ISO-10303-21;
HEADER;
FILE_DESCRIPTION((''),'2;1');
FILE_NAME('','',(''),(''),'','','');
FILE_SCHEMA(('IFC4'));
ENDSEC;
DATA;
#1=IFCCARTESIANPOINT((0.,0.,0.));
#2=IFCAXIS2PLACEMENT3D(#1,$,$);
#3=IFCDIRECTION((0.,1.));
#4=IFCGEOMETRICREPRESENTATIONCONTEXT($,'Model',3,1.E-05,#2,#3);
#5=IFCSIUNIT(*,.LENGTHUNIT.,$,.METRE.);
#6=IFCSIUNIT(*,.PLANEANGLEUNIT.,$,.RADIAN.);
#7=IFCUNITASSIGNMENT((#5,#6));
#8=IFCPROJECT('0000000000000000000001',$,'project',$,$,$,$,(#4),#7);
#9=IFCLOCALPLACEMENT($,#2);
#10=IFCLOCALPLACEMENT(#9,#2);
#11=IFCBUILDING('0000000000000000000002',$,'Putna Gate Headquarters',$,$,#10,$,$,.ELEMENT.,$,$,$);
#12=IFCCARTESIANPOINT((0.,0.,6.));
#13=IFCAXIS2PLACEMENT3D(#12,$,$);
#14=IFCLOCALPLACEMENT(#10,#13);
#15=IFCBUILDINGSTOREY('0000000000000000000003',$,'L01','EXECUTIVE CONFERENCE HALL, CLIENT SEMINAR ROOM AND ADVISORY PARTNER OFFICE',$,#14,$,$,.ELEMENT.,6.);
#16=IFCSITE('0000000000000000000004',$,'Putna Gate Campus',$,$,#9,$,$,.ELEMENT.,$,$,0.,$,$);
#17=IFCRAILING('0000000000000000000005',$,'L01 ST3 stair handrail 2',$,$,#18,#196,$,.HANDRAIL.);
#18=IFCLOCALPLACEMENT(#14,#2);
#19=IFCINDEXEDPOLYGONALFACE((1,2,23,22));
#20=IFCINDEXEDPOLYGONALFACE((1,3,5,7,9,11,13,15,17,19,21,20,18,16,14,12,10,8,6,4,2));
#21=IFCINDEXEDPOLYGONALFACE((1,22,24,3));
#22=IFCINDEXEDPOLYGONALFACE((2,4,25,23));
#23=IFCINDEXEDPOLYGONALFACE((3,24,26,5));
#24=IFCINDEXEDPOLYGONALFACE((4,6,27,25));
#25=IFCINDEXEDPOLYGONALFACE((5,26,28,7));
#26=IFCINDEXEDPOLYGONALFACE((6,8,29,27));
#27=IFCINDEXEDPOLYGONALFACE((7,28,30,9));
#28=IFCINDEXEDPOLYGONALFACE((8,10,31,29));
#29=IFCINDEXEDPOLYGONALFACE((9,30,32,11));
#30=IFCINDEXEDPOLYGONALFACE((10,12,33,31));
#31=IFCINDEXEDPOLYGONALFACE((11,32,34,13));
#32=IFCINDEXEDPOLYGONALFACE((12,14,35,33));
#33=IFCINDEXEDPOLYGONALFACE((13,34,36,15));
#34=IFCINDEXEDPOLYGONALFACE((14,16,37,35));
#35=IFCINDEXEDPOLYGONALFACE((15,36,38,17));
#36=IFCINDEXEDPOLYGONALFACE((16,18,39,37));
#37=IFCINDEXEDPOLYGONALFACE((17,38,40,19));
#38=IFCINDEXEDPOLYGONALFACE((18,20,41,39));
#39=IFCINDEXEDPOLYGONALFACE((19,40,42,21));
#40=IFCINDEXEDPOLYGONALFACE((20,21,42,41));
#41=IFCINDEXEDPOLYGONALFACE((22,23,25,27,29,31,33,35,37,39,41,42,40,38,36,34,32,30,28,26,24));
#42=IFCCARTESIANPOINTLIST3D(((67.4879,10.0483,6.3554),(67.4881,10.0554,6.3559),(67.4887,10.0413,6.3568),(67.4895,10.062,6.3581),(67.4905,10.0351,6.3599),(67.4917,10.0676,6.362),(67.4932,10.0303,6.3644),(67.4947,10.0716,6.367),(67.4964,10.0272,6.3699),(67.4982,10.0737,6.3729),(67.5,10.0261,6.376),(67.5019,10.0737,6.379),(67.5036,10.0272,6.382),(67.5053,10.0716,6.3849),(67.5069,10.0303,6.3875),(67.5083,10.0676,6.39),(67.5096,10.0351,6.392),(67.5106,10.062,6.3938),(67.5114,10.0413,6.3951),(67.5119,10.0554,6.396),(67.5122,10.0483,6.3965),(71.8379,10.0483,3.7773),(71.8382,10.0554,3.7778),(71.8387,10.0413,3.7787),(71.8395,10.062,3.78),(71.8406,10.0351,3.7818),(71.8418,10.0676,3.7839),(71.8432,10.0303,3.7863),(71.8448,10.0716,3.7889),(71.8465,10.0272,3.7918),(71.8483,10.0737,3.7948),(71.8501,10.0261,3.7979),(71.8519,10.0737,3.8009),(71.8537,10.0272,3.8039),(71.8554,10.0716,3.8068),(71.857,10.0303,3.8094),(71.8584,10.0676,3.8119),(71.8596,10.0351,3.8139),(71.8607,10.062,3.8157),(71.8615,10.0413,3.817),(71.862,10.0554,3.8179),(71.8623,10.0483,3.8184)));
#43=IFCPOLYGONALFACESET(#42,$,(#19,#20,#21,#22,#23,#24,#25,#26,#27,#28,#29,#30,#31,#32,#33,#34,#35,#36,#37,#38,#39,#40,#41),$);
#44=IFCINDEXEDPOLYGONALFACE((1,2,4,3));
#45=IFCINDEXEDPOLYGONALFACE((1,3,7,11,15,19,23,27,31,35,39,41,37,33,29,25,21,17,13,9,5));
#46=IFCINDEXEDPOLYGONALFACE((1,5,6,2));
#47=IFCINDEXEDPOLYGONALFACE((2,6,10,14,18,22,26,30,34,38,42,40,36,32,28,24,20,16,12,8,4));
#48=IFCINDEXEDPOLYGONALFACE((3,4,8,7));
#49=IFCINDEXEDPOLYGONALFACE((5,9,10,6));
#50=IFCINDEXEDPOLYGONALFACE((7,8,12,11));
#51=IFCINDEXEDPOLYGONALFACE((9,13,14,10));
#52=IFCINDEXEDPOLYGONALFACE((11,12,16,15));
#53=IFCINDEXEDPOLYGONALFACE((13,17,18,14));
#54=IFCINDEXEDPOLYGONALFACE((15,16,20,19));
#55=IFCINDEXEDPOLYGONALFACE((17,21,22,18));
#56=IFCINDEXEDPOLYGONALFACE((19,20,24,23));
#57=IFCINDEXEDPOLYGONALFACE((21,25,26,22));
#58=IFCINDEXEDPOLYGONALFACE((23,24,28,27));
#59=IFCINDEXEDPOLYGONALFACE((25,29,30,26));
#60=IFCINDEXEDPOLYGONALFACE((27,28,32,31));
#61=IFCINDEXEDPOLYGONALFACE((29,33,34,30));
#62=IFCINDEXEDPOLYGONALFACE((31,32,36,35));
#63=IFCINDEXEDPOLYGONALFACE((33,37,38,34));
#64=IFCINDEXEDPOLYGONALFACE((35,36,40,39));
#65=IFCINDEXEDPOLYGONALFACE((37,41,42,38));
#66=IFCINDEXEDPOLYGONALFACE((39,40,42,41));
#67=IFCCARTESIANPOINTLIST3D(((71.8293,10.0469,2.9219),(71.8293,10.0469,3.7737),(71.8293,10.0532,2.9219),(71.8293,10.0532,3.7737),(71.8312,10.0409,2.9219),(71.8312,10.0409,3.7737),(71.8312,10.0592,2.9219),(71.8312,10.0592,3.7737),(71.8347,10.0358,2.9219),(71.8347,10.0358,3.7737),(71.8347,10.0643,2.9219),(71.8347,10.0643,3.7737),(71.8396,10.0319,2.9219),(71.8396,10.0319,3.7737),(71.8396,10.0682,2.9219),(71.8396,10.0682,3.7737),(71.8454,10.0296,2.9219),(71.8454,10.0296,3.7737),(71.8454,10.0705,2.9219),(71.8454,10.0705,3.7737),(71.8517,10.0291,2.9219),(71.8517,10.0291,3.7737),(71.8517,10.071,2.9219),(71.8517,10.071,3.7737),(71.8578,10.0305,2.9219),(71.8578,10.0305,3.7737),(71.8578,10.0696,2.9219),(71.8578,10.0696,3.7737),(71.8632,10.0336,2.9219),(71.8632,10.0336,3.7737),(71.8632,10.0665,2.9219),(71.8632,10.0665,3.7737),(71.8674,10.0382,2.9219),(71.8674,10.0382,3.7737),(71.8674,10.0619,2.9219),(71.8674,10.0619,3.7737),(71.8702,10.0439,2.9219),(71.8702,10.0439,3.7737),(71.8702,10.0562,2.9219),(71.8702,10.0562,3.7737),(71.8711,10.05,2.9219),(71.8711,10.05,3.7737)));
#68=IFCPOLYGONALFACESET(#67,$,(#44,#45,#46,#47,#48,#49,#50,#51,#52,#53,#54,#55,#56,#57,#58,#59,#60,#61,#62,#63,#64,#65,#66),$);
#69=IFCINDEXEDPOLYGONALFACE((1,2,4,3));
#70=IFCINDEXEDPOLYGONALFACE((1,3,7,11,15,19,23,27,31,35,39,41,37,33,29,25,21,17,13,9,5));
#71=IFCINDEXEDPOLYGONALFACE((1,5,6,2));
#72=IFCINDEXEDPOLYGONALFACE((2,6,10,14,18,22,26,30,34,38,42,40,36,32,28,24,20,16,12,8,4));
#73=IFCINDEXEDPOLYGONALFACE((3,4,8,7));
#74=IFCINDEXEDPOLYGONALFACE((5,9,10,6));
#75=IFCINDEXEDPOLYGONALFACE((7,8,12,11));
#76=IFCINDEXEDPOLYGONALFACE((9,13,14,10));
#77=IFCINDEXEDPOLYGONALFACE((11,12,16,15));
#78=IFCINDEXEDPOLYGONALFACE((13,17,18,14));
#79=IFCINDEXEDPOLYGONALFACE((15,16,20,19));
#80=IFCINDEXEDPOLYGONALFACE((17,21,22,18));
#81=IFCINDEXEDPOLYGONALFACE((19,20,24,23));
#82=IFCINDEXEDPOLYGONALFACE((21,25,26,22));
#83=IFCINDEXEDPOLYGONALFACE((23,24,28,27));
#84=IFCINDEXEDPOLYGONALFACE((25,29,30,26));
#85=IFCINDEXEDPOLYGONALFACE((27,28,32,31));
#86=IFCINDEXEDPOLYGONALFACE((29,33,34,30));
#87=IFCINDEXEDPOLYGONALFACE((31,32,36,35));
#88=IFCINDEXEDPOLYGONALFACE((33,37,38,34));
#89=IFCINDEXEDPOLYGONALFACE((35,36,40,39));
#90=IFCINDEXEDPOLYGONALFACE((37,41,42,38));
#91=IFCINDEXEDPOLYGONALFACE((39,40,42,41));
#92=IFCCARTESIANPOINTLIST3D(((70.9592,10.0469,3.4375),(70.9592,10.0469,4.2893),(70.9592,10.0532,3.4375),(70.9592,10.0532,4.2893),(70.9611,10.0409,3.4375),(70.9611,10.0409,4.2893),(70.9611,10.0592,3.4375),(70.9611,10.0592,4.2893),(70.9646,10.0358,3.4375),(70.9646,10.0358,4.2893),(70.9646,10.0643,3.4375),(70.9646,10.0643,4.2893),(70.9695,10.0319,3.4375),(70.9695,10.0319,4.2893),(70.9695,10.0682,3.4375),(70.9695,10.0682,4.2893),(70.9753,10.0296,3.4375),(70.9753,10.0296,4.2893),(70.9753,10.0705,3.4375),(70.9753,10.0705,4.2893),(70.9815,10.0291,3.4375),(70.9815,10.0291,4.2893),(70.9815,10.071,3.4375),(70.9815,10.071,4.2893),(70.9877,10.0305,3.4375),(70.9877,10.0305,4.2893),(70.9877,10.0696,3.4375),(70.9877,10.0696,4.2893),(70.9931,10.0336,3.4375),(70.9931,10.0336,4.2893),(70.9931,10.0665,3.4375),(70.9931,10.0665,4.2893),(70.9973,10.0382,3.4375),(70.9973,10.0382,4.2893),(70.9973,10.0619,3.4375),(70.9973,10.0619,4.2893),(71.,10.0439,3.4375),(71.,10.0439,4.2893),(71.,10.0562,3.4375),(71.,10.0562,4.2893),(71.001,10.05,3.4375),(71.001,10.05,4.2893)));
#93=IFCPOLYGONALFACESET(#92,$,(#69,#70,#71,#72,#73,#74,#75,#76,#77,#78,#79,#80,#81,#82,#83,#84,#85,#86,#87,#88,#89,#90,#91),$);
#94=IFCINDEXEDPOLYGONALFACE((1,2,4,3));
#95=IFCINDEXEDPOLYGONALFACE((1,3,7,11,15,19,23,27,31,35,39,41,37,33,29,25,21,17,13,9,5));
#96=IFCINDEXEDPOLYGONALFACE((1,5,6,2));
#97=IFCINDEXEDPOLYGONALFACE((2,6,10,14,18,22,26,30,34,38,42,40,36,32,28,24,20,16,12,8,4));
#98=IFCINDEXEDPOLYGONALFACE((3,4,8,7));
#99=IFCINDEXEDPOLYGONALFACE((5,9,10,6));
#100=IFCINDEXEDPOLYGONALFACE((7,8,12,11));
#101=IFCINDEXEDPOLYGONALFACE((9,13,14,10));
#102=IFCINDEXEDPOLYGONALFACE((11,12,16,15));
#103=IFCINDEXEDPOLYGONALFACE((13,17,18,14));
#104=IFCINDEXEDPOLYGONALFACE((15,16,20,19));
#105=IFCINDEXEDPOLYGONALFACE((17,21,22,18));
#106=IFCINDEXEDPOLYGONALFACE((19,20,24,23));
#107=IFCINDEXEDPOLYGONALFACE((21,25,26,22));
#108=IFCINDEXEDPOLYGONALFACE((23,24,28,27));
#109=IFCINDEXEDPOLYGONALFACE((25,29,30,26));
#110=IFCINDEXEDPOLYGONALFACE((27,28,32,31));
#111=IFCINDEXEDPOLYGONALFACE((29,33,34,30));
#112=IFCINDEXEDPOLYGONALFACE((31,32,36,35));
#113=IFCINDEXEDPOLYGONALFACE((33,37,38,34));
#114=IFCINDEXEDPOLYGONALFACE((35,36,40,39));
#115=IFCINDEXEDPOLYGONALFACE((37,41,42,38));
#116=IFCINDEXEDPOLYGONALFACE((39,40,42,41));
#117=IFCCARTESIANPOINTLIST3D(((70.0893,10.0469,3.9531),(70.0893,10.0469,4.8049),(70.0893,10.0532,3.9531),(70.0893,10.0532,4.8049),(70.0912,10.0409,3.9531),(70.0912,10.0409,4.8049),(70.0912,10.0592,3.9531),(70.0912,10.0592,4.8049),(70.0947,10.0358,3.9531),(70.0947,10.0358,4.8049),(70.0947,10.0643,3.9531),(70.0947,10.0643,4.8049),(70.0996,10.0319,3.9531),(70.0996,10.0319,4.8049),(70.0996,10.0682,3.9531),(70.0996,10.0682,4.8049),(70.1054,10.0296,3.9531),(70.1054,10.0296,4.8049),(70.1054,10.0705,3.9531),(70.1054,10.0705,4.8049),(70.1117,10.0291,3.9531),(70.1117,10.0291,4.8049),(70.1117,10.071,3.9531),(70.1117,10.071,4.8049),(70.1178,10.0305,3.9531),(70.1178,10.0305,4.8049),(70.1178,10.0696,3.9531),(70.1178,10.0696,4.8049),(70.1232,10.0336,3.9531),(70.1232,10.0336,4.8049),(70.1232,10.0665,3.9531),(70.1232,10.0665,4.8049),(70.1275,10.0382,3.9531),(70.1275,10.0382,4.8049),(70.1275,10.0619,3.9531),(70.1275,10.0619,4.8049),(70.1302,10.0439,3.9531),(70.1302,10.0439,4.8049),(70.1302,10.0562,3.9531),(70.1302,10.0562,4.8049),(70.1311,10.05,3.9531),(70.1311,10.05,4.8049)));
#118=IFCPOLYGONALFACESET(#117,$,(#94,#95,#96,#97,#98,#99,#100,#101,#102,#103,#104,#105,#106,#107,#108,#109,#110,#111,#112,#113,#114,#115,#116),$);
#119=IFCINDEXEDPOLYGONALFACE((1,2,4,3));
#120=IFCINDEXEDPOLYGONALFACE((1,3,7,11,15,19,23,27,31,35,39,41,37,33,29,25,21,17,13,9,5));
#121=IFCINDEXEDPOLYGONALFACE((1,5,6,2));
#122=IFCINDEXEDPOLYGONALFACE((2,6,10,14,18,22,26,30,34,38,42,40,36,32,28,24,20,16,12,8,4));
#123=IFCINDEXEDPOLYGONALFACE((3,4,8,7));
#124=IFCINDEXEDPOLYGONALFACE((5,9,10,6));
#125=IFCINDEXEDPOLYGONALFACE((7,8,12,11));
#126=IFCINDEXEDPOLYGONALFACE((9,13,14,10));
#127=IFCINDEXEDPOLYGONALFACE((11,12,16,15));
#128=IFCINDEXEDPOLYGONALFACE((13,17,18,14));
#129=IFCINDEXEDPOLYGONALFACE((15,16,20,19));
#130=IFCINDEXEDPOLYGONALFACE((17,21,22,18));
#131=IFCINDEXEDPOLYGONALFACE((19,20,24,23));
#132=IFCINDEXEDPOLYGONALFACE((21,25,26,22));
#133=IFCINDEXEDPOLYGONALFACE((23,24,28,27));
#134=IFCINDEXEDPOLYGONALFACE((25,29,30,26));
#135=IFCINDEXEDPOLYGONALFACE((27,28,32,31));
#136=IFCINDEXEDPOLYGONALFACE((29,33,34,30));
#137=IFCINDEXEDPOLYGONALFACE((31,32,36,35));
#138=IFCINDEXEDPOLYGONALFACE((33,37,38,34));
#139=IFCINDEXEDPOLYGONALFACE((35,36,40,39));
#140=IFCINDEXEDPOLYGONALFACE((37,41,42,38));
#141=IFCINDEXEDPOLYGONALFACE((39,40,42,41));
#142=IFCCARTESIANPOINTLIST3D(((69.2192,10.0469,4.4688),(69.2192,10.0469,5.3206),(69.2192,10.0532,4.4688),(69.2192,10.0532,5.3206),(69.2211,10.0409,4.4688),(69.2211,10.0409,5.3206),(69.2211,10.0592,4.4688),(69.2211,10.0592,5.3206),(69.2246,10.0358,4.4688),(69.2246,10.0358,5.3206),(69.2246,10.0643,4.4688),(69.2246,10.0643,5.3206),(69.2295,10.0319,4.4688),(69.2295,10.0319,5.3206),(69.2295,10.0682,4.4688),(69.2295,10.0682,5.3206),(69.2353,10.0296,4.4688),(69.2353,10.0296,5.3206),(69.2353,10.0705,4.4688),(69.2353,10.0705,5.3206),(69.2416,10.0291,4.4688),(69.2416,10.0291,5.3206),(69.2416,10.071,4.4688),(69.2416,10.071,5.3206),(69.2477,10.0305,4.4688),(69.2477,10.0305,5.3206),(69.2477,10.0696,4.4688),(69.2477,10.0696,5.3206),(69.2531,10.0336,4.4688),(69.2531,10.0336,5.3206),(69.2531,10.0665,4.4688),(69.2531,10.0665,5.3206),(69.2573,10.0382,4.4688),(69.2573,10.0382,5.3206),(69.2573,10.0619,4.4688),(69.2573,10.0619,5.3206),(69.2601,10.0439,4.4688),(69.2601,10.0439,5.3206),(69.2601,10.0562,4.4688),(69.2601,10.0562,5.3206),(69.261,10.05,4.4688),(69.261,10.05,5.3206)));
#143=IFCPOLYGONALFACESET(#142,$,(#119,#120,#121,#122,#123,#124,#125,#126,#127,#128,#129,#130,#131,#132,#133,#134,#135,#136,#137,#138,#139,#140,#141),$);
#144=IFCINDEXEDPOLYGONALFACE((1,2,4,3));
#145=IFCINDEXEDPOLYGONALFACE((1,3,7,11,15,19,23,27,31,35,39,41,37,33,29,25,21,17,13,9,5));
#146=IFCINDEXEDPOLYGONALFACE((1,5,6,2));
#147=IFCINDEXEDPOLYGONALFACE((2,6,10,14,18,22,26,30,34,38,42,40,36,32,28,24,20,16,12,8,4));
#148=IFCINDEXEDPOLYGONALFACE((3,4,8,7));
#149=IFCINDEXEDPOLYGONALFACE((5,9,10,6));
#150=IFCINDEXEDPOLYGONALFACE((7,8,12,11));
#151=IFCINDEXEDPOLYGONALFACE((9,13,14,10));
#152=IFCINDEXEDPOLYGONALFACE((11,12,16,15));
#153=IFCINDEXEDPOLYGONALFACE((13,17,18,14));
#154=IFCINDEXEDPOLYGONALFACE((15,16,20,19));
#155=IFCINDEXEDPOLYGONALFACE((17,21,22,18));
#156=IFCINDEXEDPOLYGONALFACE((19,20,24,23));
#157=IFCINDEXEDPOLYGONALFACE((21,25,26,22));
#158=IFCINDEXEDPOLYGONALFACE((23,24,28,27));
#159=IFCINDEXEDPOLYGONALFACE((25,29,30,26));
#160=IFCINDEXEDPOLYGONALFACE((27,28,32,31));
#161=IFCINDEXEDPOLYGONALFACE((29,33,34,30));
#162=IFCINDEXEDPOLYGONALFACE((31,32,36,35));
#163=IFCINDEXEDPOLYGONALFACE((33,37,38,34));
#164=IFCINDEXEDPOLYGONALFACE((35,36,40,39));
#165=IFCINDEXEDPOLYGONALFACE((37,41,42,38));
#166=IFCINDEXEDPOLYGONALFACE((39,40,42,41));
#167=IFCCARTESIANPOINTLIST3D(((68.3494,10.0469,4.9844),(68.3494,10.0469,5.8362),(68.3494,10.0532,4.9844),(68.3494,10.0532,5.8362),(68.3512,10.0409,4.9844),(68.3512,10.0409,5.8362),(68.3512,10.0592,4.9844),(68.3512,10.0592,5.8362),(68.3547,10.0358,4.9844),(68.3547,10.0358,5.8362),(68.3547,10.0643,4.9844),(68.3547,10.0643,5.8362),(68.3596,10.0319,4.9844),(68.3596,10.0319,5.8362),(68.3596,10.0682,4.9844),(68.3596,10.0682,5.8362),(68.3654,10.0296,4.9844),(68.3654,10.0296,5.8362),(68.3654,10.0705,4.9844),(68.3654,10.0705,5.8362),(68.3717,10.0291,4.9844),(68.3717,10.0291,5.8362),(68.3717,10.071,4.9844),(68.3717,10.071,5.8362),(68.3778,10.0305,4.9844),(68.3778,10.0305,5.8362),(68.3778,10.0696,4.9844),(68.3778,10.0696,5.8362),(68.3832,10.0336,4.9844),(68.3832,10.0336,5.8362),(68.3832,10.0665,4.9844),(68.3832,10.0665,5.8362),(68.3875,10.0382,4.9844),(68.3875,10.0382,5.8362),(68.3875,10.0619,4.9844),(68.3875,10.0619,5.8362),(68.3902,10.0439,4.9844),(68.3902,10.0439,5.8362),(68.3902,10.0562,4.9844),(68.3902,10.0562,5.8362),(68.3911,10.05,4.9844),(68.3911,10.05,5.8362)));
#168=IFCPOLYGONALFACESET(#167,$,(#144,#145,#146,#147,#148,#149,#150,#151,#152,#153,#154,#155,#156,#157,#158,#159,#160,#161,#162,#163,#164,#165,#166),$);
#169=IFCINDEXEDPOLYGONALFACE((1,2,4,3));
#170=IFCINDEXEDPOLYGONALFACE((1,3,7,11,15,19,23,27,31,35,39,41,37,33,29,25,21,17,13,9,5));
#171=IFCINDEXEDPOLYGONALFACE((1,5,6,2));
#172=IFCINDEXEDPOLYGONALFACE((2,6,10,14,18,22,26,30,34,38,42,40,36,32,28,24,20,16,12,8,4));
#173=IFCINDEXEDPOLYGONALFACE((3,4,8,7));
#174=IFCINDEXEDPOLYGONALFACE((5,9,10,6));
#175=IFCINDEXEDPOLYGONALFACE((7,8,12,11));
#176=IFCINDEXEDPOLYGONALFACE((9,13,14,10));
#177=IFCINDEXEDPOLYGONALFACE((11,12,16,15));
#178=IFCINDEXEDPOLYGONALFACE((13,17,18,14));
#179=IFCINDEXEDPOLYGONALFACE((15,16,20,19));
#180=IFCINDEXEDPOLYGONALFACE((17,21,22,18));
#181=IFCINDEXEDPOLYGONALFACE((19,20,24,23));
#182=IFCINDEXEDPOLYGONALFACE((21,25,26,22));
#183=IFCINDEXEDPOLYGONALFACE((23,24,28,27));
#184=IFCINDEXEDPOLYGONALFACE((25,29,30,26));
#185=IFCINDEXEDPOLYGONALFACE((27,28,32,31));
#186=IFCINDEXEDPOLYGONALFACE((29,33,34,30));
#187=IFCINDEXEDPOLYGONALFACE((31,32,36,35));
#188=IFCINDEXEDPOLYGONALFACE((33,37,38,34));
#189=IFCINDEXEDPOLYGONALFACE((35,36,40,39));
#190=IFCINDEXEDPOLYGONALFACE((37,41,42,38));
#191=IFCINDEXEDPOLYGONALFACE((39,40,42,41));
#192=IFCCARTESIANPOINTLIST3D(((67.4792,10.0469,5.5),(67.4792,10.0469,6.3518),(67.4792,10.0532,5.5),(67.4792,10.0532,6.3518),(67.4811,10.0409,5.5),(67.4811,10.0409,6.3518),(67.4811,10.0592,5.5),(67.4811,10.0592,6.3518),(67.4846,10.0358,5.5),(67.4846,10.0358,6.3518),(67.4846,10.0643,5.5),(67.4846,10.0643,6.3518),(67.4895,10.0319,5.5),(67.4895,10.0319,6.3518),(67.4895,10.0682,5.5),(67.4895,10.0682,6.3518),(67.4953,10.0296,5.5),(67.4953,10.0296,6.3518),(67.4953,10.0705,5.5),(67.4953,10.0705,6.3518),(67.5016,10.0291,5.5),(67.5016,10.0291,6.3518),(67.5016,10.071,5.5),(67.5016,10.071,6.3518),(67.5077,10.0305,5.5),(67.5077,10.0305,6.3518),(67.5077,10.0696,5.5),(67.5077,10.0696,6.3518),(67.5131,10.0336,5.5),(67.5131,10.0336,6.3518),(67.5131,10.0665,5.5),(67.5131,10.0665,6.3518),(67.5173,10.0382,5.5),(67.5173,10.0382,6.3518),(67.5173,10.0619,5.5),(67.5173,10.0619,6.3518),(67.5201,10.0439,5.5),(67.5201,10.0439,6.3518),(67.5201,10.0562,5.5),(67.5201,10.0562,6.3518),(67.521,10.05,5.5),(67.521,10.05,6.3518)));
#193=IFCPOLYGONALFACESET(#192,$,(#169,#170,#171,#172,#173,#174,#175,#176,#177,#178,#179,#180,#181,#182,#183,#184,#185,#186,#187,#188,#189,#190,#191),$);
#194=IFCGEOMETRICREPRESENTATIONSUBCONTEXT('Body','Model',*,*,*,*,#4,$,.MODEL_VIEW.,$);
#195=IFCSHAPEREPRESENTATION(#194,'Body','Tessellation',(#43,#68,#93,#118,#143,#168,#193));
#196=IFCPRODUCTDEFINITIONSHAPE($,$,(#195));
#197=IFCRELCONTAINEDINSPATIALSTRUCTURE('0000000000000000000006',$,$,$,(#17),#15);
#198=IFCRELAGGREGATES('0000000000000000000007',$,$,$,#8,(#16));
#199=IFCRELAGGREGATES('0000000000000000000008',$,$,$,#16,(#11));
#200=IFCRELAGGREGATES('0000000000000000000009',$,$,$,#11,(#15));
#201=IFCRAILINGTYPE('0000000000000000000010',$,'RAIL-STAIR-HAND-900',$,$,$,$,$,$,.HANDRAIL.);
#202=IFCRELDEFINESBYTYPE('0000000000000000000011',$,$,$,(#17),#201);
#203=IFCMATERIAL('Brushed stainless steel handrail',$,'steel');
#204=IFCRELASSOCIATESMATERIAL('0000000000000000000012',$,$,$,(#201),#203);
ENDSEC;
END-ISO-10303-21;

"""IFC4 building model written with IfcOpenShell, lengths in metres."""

from ifc_helpers import new_model, si_unit, direction, frame, origin, origin_2d, place, context, subcontext, project, spatial, circle, extrude, material, type_object, element, save


model = new_model("IFC4")

# Units and contexts
model_context = context("Model", 3, precision=1e-05, world=origin(), true_north=direction((0.0, 1.0)))
body_context = subcontext(model_context, "Body", "Model", "MODEL_VIEW")
ifc_project = project(units=[si_unit("LENGTHUNIT", "METRE"), si_unit("PLANEANGLEUNIT", "RADIAN")], contexts=[model_context])

# Site, building, storey
site_placement = place(None, origin())
site = spatial("IfcSite", under=ifc_project, at=site_placement, Name="Putna Gate Campus", CompositionType="ELEMENT", RefElevation=0.0)
building_placement = place(site_placement, origin())
building = spatial("IfcBuilding", under=site, at=building_placement, Name="Putna Gate Headquarters", CompositionType="ELEMENT")
storey_placement = place(building_placement, frame((0.0, 0.0, 6.0)))
storey = spatial("IfcBuildingStorey", under=building, at=storey_placement, Name="L01", Description="EXECUTIVE CONFERENCE HALL, CLIENT SEMINAR ROOM AND ADVISORY PARTNER OFFICE", CompositionType="ELEMENT", Elevation=6.0)

# Railing
ifc_material_1 = material(Name="Brushed stainless steel handrail", Category="steel")
railing_type_1 = type_object("IfcRailingType", Name="RAIL-STAIR-HAND-900", PredefinedType="HANDRAIL", material=ifc_material_1)
railing_1_placement = place(storey_placement, frame((71.8501, 10.05, 2.9219)))
element("IfcRailing", 1, at=railing_1_placement, inside=storey, type_object=railing_type_1, Name="L01 ST3 stair handrail 2", PredefinedType="HANDRAIL", context=body_context, shape_type="SweptSolid", body=[
    extrude(circle(Radius=0.0239, at=origin_2d()), frame((0.0, 0.0, 0.876), z_axis=(-0.860266, 0.0, 0.509845), x_axis=(0.0, -1.0, 0.0)), (0.0, 0.0, 1.0), 5.0566),
    extrude(circle(Radius=0.021, at=origin_2d()), origin(), (0.0, 0.0, 1.0), 0.8518),
    extrude(circle(Radius=0.021, at=origin_2d()), frame((-0.8701, 0.0, 0.5156)), (0.0, 0.0, 1.0), 0.8518),
    extrude(circle(Radius=0.021, at=origin_2d()), frame((-1.74, 0.0, 1.0312)), (0.0, 0.0, 1.0), 0.8518),
    extrude(circle(Radius=0.021, at=origin_2d()), frame((-2.6101, 0.0, 1.5469)), (0.0, 0.0, 1.0), 0.8518),
    extrude(circle(Radius=0.021, at=origin_2d()), frame((-3.48, 0.0, 2.0625)), (0.0, 0.0, 1.0), 0.8518),
    extrude(circle(Radius=0.021, at=origin_2d()), frame((-4.3501, 0.0, 2.5781)), (0.0, 0.0, 1.0), 0.8518),
])

save(model, "model.ifc")
